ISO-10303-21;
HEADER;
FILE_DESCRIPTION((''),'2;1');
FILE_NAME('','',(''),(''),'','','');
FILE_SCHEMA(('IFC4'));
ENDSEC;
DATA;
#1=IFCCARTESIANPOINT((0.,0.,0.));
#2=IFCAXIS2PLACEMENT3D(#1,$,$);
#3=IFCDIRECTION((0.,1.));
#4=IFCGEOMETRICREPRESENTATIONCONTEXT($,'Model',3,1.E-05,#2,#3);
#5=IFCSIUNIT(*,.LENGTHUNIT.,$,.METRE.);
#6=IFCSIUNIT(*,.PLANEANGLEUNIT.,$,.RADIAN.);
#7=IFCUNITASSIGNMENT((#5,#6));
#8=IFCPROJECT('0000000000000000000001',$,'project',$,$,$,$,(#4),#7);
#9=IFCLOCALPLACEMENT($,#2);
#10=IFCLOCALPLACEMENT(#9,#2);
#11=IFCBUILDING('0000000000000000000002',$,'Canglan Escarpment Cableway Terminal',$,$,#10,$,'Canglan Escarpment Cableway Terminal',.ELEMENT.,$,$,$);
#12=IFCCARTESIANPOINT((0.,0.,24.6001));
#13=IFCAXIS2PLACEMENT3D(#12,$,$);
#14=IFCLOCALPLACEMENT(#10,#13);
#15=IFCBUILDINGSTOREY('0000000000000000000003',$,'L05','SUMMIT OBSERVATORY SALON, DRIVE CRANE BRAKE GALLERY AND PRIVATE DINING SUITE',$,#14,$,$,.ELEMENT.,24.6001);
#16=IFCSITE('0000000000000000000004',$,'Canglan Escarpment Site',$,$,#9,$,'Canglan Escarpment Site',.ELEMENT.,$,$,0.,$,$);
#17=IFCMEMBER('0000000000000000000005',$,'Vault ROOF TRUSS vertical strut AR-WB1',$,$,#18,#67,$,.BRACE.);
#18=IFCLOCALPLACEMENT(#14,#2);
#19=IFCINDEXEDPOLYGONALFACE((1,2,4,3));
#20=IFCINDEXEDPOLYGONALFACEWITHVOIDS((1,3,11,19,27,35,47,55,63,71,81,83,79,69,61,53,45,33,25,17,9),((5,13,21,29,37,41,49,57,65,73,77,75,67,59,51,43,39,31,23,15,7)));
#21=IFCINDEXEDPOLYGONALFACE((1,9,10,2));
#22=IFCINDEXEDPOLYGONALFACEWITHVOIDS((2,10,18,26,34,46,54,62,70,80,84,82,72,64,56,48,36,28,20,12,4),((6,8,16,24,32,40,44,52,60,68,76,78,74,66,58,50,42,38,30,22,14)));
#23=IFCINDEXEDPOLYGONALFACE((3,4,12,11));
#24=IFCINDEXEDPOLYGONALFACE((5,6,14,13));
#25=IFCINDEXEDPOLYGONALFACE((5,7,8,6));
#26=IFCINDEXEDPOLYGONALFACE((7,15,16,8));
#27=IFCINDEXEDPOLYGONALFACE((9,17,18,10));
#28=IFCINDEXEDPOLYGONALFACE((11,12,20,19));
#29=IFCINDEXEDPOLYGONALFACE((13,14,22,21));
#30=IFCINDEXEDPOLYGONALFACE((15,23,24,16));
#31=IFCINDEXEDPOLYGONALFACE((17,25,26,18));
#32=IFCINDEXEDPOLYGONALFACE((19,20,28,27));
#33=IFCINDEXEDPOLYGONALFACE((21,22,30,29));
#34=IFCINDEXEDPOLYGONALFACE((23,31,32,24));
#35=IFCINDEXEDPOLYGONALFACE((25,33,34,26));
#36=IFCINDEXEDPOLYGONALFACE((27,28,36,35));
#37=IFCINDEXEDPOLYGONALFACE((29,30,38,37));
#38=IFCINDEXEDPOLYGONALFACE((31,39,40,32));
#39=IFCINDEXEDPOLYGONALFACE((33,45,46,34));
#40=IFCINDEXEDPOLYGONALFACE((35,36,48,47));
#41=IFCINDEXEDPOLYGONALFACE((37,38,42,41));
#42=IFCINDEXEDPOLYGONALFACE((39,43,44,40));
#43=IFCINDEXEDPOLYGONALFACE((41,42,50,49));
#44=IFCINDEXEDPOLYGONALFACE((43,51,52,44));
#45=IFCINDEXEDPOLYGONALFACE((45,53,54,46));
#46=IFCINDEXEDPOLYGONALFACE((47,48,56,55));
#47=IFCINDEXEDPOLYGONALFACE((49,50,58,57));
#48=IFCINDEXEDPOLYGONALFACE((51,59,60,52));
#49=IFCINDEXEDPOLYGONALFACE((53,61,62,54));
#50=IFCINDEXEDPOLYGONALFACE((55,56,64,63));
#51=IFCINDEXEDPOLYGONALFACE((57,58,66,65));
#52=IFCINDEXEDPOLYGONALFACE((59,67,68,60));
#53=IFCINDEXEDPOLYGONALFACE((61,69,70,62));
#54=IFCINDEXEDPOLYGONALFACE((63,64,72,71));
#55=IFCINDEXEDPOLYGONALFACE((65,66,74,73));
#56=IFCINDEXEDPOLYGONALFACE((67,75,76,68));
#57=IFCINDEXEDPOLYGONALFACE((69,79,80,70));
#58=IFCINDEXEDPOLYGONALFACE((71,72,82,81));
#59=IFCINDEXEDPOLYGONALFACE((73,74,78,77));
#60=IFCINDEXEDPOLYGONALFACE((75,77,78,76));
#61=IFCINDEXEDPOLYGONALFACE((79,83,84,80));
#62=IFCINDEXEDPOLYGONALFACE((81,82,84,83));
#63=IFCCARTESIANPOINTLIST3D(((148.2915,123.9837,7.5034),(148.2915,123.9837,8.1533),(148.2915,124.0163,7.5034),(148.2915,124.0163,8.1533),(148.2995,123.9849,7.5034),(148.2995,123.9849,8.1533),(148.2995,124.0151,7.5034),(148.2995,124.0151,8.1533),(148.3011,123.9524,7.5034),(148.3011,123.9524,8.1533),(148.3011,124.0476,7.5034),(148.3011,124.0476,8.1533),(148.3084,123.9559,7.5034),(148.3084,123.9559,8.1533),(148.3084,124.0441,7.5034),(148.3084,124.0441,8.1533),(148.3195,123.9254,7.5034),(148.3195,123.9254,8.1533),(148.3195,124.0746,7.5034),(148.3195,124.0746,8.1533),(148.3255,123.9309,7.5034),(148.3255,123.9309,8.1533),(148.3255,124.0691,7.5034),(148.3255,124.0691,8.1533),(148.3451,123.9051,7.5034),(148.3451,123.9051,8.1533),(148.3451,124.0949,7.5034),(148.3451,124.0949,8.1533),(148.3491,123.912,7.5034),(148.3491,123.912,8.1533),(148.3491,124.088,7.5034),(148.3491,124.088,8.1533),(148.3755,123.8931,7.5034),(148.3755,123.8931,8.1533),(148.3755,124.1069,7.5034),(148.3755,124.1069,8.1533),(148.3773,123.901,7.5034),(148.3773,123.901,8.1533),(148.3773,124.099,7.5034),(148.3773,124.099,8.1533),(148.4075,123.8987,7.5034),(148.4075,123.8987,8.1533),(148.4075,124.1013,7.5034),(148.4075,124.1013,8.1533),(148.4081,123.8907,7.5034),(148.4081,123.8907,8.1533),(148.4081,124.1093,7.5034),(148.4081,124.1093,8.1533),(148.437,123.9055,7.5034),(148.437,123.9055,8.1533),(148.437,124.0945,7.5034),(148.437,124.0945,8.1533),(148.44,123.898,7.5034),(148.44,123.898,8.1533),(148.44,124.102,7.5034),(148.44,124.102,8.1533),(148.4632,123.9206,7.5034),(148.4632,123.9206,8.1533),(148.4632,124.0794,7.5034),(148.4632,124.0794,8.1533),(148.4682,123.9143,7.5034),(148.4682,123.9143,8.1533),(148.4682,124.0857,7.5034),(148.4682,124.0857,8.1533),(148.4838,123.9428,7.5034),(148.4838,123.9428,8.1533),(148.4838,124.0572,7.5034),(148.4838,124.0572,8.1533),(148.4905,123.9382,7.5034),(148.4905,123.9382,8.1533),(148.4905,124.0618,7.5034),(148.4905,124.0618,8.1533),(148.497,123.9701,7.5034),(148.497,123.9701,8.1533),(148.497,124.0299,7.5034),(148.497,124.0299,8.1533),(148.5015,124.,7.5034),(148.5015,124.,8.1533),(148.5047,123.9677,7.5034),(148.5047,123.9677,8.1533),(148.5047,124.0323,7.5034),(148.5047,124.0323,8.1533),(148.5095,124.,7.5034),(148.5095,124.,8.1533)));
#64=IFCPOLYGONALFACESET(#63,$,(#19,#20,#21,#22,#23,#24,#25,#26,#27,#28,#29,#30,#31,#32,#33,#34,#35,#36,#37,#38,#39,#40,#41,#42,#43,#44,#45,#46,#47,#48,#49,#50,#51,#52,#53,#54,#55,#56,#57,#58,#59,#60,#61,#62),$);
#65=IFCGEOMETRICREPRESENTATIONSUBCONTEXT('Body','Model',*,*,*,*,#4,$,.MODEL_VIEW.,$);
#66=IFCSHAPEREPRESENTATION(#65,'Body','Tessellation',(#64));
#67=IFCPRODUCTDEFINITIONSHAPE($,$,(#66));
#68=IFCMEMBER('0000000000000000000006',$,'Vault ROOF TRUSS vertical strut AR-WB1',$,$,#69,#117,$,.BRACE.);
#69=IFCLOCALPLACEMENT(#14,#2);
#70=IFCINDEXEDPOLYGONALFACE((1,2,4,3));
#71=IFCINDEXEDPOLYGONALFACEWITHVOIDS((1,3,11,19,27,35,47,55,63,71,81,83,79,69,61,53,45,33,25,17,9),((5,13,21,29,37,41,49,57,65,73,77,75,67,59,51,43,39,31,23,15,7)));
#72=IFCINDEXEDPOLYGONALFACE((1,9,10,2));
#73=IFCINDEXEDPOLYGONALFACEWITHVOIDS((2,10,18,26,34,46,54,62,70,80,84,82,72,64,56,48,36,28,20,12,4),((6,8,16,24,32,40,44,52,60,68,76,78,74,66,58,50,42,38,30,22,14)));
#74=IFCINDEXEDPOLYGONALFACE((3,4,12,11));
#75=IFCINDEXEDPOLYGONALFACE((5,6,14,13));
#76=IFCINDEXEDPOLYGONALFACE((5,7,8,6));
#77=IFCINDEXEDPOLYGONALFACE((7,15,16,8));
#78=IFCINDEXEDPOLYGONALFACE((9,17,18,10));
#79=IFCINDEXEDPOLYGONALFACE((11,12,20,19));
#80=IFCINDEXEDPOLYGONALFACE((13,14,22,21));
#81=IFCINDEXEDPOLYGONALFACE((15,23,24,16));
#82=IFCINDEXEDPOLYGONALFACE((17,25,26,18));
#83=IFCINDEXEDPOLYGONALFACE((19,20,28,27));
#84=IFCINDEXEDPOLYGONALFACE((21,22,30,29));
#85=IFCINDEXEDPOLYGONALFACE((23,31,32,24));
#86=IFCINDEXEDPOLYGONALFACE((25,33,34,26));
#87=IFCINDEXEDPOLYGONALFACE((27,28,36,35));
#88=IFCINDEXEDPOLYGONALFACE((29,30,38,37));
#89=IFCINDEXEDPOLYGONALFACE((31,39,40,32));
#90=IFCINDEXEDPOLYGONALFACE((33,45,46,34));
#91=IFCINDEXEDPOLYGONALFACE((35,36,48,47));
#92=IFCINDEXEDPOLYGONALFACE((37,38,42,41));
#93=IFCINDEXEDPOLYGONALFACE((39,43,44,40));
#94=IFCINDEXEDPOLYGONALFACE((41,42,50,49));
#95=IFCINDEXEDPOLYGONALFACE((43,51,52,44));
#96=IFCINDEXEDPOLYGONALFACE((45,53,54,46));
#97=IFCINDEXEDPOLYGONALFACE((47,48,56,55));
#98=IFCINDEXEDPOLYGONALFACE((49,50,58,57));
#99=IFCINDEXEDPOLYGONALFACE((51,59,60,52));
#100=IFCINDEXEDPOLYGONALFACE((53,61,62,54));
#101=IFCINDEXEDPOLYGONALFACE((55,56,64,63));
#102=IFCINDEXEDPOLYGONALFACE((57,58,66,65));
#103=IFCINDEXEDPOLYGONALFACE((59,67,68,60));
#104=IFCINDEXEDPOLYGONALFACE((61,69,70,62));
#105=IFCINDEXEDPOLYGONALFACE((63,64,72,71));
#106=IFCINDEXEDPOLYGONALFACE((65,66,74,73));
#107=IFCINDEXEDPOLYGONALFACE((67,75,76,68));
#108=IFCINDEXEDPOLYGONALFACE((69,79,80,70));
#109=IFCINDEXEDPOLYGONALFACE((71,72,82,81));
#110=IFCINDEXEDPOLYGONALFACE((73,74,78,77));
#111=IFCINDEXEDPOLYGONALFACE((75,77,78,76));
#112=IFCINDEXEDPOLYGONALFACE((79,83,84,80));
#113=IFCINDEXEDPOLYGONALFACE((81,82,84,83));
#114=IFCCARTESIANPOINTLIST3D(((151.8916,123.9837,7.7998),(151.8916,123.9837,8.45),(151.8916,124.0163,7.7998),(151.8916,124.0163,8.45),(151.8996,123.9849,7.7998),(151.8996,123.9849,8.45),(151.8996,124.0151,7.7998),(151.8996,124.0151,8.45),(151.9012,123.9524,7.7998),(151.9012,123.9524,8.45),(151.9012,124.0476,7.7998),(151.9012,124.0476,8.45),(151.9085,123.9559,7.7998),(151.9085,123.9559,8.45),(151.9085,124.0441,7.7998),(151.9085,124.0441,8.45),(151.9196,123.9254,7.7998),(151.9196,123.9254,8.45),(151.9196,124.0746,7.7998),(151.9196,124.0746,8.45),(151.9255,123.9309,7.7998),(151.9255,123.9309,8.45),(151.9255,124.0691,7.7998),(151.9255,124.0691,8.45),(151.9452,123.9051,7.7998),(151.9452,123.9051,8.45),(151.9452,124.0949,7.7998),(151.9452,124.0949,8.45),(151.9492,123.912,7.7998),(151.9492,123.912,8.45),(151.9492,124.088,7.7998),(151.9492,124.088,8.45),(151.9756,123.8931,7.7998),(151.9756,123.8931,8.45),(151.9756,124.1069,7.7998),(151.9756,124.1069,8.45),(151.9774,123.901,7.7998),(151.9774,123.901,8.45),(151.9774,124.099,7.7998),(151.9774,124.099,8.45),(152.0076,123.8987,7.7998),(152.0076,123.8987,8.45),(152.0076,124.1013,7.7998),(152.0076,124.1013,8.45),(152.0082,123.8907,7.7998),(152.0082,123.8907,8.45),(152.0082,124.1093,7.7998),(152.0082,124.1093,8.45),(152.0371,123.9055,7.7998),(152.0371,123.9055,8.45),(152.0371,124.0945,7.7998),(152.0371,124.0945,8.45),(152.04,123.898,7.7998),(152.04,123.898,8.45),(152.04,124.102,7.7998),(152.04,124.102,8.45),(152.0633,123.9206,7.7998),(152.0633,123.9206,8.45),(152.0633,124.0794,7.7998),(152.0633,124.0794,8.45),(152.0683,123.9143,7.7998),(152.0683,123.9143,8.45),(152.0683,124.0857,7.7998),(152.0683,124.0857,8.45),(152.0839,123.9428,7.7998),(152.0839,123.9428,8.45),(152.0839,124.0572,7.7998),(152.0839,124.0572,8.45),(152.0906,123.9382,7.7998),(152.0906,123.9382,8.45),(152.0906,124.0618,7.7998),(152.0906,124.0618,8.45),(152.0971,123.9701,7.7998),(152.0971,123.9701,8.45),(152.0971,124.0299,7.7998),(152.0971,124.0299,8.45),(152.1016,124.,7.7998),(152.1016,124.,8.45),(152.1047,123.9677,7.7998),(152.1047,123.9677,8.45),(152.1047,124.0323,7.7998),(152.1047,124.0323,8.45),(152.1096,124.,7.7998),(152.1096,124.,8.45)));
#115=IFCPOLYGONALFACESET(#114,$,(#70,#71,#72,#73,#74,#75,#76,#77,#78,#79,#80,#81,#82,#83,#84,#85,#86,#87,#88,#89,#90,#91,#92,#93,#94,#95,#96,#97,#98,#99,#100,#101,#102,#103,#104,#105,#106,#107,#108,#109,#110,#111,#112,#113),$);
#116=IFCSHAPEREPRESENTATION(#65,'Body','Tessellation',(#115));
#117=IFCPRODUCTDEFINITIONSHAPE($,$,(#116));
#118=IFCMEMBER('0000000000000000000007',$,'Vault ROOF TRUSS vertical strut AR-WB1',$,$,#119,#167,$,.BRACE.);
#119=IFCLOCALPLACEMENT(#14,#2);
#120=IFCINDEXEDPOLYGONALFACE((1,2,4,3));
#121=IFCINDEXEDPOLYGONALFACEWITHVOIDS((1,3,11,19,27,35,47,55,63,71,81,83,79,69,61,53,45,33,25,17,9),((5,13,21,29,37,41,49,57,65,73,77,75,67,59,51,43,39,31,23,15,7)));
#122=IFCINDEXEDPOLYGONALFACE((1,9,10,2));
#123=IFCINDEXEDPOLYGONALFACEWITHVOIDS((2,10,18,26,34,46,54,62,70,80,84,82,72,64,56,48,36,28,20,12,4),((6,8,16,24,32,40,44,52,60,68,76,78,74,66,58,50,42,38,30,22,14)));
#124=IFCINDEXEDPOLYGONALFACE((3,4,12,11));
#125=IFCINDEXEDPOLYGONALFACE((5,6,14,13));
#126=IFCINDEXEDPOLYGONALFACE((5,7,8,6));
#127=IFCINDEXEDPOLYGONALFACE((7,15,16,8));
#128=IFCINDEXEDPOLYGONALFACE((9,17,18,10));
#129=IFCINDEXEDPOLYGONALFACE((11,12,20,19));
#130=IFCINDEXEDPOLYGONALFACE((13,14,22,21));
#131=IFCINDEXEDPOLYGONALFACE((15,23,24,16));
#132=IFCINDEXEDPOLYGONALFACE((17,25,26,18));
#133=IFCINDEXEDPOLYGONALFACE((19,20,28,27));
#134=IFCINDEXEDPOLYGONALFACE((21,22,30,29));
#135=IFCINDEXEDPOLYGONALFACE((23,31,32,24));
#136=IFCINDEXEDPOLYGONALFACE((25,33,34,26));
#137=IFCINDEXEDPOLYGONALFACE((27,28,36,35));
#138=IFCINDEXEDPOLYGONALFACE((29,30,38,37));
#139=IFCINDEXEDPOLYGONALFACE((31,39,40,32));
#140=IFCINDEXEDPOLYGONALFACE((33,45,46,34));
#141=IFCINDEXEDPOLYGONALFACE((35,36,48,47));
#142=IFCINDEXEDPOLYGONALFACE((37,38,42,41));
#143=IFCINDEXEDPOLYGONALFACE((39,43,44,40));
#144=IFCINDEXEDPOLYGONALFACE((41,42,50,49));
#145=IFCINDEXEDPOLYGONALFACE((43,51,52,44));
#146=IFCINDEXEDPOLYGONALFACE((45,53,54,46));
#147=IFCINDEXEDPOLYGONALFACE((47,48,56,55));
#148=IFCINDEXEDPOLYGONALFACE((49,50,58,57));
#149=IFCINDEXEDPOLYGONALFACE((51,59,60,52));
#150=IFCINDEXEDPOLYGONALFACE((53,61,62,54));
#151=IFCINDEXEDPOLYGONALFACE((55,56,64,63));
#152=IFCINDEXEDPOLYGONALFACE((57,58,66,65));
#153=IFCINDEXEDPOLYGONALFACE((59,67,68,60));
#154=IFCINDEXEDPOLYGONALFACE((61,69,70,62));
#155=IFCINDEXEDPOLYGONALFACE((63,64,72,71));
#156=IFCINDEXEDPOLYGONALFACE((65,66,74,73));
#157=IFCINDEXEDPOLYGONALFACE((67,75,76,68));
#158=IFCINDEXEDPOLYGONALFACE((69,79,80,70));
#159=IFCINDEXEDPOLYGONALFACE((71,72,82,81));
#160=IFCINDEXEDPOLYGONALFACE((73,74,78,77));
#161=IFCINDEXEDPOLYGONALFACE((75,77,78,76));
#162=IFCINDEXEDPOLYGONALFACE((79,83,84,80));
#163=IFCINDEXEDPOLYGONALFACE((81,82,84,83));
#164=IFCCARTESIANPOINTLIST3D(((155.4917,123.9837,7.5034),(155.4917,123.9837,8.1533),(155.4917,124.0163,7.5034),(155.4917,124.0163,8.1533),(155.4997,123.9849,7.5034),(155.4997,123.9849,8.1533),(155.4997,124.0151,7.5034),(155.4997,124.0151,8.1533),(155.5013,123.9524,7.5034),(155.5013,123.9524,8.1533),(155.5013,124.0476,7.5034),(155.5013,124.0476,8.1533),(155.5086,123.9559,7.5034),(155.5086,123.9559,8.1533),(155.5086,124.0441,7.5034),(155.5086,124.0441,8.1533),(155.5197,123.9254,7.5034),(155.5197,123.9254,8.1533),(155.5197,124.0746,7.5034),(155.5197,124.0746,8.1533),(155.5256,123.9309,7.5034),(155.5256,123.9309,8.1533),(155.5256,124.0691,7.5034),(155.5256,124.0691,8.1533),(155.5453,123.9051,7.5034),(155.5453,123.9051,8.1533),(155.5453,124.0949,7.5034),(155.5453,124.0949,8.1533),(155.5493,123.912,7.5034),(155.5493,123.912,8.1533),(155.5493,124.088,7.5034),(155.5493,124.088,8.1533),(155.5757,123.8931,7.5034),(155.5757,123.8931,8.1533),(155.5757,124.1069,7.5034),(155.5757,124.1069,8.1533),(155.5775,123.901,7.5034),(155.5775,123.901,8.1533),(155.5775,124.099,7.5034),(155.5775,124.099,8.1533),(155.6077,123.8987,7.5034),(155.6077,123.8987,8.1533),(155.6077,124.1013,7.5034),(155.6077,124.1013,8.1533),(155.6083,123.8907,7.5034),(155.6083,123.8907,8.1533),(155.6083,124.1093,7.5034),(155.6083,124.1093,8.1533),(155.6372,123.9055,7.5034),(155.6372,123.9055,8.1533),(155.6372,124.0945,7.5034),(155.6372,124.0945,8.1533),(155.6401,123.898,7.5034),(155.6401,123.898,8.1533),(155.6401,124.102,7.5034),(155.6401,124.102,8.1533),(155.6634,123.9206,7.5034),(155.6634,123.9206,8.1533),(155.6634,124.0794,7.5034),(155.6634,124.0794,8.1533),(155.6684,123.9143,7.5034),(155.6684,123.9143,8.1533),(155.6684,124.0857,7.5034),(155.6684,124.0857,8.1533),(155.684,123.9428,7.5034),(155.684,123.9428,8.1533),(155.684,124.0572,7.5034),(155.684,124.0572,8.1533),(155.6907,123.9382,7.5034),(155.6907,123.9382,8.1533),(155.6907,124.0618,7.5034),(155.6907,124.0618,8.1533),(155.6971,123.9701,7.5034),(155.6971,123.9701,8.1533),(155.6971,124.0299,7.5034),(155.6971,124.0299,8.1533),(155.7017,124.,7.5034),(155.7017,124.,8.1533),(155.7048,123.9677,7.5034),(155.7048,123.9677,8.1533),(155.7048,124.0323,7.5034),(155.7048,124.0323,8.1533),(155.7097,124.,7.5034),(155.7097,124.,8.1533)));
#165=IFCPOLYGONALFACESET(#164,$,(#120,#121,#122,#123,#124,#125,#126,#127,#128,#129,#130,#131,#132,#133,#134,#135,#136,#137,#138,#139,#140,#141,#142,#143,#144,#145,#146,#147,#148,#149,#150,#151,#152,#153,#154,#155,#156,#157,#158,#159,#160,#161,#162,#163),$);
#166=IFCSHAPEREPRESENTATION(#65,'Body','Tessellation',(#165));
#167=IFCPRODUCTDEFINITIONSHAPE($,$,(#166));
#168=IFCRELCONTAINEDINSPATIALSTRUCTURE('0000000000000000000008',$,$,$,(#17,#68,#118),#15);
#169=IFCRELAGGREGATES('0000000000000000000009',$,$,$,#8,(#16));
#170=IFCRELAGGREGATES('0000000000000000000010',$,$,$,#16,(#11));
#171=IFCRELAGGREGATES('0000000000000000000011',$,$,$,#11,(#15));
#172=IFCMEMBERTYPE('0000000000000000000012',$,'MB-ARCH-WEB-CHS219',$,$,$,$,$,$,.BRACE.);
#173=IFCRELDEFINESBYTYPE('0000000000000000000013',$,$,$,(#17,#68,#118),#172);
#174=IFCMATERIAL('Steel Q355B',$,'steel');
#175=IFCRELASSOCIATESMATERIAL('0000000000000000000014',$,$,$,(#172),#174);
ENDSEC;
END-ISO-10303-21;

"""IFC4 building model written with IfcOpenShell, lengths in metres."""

from ifc_helpers import new_model, si_unit, direction, frame, origin, origin_2d, place, context, subcontext, project, spatial, hollow_circle, extrude, material, material_profile, profile_set, type_object, element, save


model = new_model("IFC4")

# Units and contexts
model_context = context("Model", 3, precision=1e-05, world=origin(), true_north=direction((0.0, 1.0)))
body_context = subcontext(model_context, "Body", "Model", "MODEL_VIEW")
ifc_project = project(units=[si_unit("LENGTHUNIT", "METRE"), si_unit("PLANEANGLEUNIT", "RADIAN")], contexts=[model_context])

# Site, building, storey
site_placement = place(None, origin())
site = spatial("IfcSite", under=ifc_project, at=site_placement, Name="Canglan Escarpment Site", LongName="Canglan Escarpment Site", CompositionType="ELEMENT", RefElevation=0.0)
building_placement = place(site_placement, origin())
building = spatial("IfcBuilding", under=site, at=building_placement, Name="Canglan Escarpment Cableway Terminal", LongName="Canglan Escarpment Cableway Terminal", CompositionType="ELEMENT")
storey_placement = place(building_placement, frame((0.0, 0.0, 24.6001)))
storey = spatial("IfcBuildingStorey", under=building, at=storey_placement, Name="L05", Description="SUMMIT OBSERVATORY SALON, DRIVE CRANE BRAKE GALLERY AND PRIVATE DINING SUITE", CompositionType="ELEMENT", Elevation=24.6001)

# Shared definitions
ifc_material = material(Name="Steel Q355B", Category="steel")

# Members
ifc_material_profile_1 = material_profile(ifc_material, hollow_circle(Radius=0.1096, WallThickness=0.0081, at=origin_2d()), Name="CHS 219.1x8")
ifc_profile_set_1 = profile_set([ifc_material_profile_1], Name="Steel Q355B")
member_type_1 = type_object("IfcMemberType", Name="MB-ARCH-WEB-CHS219", PredefinedType="BRACE", material=ifc_profile_set_1)
for number, where, z_axis, x_axis, name in (
    (1, (148.3999, 124.0, 7.5034), (0.0, 0.0, 1.0), (1.0, 0.0, 0.0), "Vault ROOF TRUSS vertical strut AR-WB1"),
):
    element("IfcMember", number, at=place(storey_placement, frame(where, z_axis=z_axis, x_axis=x_axis)), inside=storey, type_object=member_type_1, Name=name, PredefinedType="BRACE", context=body_context, shape_type="SweptSolid", body=[
        extrude(hollow_circle(Radius=0.1096, WallThickness=0.0081, at=origin_2d()), origin(), (0.0, 0.0, 1.0), 0.6499),
    ])
member_1_placement = place(storey_placement, frame((152.0, 124.0, 7.7998), z_axis=(0.0, 0.0, 1.0), x_axis=(1.0, 0.0, 0.0)))
element("IfcMember", 2, at=member_1_placement, inside=storey, type_object=member_type_1, Name="Vault ROOF TRUSS vertical strut AR-WB1", PredefinedType="BRACE", context=body_context, shape_type="SweptSolid", body=[
    extrude(hollow_circle(Radius=0.1096, WallThickness=0.0081, at=origin_2d()), origin(), (0.0, 0.0, 1.0), 0.6501),
])
member_2_placement = place(storey_placement, frame((155.6001, 124.0, 7.5034), z_axis=(0.0, 0.0, 1.0), x_axis=(1.0, 0.0, 0.0)))
element("IfcMember", 3, at=member_2_placement, inside=storey, type_object=member_type_1, Name="Vault ROOF TRUSS vertical strut AR-WB1", PredefinedType="BRACE", context=body_context, shape_type="SweptSolid", body=[
    extrude(hollow_circle(Radius=0.1096, WallThickness=0.0081, at=origin_2d()), origin(), (0.0, 0.0, 1.0), 0.6499),
])

save(model, "model.ifc")
